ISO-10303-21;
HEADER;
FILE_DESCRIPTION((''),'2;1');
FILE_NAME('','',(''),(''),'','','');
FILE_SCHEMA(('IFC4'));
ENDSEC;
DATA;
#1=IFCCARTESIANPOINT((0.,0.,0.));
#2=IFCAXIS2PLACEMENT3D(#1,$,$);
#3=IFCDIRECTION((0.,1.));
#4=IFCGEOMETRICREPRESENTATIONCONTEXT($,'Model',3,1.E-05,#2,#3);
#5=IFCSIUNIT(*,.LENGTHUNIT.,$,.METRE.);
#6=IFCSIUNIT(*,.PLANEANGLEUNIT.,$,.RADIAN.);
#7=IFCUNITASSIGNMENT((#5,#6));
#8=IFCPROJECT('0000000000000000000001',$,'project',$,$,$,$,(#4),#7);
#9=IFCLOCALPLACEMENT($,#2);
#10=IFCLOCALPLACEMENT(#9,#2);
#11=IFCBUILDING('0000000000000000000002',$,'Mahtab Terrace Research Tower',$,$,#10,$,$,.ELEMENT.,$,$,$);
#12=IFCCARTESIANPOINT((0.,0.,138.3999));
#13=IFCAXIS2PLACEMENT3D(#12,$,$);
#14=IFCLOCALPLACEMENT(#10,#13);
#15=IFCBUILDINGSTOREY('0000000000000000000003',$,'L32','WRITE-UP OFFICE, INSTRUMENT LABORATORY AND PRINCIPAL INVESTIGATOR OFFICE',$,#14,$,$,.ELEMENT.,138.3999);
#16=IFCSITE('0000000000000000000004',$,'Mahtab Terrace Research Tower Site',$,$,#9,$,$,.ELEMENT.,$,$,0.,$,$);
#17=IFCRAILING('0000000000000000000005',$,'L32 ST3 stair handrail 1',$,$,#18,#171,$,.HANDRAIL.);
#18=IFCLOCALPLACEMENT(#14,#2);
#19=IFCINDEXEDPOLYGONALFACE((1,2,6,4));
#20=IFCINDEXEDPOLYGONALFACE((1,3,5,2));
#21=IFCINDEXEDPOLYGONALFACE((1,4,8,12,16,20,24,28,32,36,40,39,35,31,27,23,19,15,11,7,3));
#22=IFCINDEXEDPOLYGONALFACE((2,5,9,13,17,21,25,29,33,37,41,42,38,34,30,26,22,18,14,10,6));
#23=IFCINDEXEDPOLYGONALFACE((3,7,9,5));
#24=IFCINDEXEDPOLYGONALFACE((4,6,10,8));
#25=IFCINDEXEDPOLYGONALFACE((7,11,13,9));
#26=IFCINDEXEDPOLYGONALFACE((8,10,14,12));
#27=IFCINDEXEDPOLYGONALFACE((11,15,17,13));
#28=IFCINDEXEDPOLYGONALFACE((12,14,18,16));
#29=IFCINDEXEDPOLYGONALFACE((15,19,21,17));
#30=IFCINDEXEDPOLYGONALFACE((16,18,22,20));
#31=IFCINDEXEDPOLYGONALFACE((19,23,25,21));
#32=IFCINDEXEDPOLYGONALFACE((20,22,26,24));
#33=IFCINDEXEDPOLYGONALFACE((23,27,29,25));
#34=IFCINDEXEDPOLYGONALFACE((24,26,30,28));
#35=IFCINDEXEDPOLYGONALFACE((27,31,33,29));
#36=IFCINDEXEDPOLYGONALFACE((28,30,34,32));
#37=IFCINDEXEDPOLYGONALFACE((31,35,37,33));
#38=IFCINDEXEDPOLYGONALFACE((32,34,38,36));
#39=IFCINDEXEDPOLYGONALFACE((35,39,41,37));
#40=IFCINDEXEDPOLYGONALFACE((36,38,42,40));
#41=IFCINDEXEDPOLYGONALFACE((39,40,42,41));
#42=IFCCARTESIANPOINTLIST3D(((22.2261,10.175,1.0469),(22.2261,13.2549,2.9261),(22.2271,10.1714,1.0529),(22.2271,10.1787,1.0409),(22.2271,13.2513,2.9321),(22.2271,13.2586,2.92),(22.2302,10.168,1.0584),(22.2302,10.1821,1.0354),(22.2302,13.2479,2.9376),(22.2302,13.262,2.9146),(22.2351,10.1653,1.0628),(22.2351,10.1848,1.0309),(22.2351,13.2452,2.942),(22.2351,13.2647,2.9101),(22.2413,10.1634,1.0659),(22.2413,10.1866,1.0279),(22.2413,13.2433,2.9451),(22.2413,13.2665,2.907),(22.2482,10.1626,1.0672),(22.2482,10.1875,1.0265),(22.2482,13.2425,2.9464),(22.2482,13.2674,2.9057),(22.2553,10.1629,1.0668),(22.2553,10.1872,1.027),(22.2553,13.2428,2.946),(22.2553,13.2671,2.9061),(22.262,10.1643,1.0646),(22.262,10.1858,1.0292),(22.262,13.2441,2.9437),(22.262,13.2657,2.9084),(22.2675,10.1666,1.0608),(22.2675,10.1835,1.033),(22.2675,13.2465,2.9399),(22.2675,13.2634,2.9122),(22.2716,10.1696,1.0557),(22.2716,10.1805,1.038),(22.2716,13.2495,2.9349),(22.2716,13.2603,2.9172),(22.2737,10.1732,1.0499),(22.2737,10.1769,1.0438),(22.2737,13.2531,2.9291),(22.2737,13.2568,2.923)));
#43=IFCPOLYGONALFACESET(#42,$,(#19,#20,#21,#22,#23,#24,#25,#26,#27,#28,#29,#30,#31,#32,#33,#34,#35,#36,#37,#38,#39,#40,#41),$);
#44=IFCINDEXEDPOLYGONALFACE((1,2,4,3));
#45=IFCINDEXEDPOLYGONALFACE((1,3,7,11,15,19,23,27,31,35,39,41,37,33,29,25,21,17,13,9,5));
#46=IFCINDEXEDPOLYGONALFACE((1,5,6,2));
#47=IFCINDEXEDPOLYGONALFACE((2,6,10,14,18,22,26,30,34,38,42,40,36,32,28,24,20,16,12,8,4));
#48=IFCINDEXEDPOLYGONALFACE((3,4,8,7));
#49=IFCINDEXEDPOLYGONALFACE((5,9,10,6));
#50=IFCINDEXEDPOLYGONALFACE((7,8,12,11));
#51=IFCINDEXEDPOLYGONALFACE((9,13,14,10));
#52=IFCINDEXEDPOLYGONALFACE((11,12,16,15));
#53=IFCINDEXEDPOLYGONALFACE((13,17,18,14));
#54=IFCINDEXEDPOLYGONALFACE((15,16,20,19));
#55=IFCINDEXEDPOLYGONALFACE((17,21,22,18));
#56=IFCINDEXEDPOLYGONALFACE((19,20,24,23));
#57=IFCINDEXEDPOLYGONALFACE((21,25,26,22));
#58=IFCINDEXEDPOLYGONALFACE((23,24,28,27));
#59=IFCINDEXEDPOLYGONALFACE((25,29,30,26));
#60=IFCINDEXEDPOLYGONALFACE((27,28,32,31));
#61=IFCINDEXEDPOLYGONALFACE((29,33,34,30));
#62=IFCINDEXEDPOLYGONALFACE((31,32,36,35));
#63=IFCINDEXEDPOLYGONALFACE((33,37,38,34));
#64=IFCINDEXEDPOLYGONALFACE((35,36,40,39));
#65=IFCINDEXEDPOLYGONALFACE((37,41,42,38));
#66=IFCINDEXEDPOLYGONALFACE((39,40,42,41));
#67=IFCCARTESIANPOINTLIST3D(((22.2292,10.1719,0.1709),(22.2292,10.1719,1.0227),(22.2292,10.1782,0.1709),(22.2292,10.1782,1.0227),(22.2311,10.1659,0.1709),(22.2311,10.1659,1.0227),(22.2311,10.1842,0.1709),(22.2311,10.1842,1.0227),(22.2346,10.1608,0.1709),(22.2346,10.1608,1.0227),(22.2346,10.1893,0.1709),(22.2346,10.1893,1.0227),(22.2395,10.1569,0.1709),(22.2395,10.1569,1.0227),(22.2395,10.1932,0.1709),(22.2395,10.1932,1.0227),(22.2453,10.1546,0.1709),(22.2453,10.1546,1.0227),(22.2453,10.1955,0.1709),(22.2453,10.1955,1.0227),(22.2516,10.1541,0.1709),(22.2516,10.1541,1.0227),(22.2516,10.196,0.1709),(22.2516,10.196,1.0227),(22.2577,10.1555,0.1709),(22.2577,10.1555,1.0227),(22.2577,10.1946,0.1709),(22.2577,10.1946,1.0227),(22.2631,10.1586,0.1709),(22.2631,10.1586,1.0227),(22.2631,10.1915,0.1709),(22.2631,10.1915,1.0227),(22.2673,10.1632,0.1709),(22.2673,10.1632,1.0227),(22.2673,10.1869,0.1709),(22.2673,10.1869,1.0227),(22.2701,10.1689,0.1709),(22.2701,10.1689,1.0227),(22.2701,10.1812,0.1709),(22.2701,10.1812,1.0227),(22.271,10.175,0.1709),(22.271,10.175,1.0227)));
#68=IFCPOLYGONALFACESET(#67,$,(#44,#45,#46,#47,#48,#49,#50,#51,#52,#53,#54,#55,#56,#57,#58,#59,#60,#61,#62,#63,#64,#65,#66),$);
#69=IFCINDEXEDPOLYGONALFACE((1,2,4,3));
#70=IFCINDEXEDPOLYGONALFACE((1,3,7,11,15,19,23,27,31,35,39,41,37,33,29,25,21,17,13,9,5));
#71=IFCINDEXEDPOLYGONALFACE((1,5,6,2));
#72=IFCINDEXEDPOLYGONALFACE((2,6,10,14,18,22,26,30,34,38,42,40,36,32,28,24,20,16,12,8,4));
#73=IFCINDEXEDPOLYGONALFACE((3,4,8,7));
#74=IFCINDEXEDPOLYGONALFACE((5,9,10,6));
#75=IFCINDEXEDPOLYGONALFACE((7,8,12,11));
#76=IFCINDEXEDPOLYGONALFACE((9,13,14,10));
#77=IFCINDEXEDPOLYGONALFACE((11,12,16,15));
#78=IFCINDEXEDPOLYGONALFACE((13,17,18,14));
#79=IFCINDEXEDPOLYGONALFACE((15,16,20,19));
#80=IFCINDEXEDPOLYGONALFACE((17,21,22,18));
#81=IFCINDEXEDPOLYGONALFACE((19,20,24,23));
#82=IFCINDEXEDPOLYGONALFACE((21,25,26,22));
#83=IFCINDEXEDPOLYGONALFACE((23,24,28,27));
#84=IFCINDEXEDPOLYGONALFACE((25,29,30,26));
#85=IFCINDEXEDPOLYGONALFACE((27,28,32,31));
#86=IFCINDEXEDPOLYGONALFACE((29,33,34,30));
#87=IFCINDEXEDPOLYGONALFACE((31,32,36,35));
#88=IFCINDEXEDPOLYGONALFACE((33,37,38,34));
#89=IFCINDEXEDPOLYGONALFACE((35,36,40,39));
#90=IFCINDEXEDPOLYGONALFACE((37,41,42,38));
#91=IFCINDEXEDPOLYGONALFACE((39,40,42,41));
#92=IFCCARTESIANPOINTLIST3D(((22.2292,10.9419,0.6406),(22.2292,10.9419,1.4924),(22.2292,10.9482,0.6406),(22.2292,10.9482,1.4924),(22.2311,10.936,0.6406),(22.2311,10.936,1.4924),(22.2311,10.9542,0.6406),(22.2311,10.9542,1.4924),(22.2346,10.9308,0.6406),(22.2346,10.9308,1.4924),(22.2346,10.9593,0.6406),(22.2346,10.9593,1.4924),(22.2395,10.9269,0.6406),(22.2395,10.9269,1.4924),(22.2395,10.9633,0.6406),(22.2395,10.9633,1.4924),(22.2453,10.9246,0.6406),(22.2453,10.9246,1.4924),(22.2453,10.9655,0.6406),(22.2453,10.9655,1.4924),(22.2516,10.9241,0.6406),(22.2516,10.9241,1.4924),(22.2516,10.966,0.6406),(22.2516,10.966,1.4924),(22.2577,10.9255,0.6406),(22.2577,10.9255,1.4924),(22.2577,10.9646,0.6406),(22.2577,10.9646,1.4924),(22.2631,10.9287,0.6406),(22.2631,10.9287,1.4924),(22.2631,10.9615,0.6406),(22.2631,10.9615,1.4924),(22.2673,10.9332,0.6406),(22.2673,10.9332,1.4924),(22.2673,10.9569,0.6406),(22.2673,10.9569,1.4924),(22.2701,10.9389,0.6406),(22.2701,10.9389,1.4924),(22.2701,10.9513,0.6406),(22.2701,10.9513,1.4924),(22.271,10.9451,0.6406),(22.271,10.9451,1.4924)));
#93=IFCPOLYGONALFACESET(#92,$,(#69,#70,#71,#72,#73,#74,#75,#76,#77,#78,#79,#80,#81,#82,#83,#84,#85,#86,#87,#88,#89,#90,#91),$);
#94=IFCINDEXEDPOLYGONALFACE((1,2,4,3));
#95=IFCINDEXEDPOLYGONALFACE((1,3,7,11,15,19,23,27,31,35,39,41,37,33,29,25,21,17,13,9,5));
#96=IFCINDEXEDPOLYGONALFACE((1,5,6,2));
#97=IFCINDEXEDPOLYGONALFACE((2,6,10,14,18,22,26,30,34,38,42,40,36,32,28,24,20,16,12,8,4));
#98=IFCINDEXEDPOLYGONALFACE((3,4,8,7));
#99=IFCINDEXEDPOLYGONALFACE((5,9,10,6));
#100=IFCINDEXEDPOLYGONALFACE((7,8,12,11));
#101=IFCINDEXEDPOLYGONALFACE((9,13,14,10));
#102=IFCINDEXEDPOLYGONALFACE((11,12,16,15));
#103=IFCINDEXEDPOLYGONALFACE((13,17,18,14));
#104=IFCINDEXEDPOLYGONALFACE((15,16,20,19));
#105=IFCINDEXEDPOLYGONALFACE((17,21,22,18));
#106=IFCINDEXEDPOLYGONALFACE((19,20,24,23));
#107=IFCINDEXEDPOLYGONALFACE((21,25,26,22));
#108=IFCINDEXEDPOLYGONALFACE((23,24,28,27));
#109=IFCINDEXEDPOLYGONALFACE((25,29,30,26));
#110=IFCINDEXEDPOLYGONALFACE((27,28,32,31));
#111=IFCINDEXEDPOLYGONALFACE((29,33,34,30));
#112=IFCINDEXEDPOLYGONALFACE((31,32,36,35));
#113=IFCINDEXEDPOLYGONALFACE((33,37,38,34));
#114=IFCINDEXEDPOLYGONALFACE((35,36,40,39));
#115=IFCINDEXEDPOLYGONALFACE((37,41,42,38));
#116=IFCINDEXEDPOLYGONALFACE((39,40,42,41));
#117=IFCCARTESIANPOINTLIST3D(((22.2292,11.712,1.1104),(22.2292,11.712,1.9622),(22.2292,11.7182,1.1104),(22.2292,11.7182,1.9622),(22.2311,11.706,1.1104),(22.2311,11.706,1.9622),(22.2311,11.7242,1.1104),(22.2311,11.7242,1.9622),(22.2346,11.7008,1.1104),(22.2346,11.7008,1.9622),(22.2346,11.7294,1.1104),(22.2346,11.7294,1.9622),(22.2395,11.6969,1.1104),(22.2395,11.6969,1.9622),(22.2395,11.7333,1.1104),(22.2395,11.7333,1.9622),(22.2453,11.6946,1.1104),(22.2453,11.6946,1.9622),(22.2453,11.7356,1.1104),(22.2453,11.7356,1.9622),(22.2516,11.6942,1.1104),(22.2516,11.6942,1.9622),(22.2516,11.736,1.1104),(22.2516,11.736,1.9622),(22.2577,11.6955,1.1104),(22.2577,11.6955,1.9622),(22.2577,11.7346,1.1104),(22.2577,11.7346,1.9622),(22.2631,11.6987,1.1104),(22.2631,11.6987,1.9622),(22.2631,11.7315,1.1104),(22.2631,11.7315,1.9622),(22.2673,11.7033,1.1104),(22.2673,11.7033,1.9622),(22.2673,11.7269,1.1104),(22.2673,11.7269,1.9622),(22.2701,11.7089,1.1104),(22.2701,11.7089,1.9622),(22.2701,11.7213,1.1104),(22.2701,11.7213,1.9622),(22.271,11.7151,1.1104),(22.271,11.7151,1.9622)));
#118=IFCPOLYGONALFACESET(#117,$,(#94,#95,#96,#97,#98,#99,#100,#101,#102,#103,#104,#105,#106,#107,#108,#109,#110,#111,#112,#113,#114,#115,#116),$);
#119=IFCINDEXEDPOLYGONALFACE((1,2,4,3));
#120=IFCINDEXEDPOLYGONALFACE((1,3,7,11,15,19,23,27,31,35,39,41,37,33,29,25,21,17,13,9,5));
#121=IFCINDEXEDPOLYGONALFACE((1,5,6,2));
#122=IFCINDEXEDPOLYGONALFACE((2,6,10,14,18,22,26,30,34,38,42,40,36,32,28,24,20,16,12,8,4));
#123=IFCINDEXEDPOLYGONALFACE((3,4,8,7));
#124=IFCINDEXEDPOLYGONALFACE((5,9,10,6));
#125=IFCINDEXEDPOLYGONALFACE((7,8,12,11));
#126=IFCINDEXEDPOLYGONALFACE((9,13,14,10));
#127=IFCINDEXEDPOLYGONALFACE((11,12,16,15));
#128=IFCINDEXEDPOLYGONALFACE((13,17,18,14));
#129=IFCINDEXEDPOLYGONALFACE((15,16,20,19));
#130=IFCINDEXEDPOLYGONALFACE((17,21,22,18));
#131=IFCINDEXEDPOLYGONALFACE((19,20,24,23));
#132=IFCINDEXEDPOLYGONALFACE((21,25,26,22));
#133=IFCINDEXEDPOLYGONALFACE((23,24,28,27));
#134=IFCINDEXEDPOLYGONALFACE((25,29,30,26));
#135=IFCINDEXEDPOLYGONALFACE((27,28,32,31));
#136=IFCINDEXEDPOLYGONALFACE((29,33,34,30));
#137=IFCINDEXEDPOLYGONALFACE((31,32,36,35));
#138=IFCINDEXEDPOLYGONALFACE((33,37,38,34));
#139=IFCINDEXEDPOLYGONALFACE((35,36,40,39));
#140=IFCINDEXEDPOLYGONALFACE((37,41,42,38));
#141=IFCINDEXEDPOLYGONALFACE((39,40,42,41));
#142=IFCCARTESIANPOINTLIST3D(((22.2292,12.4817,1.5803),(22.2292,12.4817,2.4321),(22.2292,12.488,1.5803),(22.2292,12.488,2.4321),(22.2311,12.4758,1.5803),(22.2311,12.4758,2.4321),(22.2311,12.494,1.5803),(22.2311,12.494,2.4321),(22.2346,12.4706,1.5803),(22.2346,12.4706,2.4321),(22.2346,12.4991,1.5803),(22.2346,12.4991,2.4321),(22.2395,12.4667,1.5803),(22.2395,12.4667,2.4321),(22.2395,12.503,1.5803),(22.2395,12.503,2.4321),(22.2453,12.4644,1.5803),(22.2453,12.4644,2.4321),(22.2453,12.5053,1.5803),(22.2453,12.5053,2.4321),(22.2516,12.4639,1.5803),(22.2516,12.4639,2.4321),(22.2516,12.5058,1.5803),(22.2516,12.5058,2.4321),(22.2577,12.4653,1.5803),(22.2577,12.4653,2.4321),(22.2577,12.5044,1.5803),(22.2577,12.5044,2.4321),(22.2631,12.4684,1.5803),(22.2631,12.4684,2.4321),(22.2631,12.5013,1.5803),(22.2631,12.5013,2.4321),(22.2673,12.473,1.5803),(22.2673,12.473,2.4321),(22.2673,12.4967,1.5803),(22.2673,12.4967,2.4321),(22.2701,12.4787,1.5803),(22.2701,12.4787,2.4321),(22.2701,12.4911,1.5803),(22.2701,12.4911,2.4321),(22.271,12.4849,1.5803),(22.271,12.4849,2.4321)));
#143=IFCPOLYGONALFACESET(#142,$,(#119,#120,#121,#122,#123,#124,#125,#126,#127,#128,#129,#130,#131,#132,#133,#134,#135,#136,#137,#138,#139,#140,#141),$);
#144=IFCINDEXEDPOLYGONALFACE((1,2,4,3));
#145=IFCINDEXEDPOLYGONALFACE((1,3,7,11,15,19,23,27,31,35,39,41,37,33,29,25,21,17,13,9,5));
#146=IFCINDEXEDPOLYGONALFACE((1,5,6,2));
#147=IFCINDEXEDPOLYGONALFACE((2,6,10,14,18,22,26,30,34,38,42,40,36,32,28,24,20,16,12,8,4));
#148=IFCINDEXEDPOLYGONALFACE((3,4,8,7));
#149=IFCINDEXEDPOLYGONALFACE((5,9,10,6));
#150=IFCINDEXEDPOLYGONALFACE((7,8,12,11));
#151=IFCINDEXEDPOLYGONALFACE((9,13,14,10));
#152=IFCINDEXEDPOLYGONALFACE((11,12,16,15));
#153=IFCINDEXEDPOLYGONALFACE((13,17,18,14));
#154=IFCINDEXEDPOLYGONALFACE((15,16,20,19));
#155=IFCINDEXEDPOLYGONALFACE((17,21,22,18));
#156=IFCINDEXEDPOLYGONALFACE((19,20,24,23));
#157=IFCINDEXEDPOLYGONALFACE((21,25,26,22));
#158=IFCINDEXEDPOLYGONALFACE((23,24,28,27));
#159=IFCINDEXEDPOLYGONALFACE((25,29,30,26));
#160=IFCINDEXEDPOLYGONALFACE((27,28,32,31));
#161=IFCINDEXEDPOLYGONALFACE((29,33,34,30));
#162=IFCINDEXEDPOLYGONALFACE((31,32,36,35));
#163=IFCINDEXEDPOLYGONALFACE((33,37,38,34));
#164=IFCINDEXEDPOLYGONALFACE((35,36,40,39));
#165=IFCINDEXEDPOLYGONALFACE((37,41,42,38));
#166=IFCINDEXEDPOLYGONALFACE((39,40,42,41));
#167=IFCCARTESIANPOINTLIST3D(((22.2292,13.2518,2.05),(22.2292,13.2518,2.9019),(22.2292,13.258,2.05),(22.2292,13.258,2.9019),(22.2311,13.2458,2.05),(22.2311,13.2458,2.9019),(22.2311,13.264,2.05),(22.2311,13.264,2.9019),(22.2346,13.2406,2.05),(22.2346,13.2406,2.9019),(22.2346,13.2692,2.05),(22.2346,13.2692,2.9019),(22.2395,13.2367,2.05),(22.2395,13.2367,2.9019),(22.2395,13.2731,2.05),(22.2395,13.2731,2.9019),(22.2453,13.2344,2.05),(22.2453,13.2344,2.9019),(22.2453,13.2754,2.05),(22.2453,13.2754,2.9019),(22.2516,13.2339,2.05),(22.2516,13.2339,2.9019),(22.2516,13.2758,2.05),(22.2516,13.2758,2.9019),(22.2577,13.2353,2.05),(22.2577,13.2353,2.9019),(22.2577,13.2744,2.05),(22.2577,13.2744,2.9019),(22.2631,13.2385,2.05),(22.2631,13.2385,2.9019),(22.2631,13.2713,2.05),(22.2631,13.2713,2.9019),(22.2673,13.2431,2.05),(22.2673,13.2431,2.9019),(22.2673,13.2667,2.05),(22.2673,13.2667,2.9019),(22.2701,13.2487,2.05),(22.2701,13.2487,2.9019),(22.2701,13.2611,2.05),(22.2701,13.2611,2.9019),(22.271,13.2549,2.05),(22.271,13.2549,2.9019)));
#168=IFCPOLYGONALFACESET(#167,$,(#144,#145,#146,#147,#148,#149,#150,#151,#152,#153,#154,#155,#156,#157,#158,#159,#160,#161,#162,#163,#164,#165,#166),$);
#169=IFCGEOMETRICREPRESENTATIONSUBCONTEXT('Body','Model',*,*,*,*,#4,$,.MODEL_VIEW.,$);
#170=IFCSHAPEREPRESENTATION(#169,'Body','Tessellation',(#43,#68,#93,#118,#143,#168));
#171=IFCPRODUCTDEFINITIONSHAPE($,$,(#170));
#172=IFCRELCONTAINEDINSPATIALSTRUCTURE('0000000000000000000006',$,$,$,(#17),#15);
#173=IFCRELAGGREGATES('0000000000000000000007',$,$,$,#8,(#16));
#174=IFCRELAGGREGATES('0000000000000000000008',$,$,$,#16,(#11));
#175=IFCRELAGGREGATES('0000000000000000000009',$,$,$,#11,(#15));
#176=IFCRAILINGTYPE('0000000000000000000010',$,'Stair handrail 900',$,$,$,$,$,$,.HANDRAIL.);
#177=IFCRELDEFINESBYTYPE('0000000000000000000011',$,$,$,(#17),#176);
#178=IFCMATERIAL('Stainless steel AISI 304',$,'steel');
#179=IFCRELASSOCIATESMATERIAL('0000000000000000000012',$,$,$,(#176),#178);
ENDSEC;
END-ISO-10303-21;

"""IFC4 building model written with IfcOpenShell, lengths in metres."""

from ifc_helpers import new_model, si_unit, direction, frame, origin, origin_2d, place, context, subcontext, project, spatial, circle, extrude, material, type_object, element, save


model = new_model("IFC4")

# Units and contexts
model_context = context("Model", 3, precision=1e-05, world=origin(), true_north=direction((0.0, 1.0)))
body_context = subcontext(model_context, "Body", "Model", "MODEL_VIEW")
ifc_project = project(units=[si_unit("LENGTHUNIT", "METRE"), si_unit("PLANEANGLEUNIT", "RADIAN")], contexts=[model_context])

# Site, building, storey
site_placement = place(None, origin())
site = spatial("IfcSite", under=ifc_project, at=site_placement, Name="Mahtab Terrace Research Tower Site", CompositionType="ELEMENT", RefElevation=0.0)
building_placement = place(site_placement, origin())
building = spatial("IfcBuilding", under=site, at=building_placement, Name="Mahtab Terrace Research Tower", CompositionType="ELEMENT")
storey_placement = place(building_placement, frame((0.0, 0.0, 138.3999)))
storey = spatial("IfcBuildingStorey", under=building, at=storey_placement, Name="L32", Description="WRITE-UP OFFICE, INSTRUMENT LABORATORY AND PRINCIPAL INVESTIGATOR OFFICE", CompositionType="ELEMENT", Elevation=138.3999)

# Shared definitions
ifc_material_1 = material(Name="Stainless steel AISI 304", Category="steel")

# Railing
railing_type_1 = type_object("IfcRailingType", Name="Stair handrail 900", PredefinedType="HANDRAIL", material=ifc_material_1)
railing_1_placement = place(storey_placement, frame((22.25, 10.175, 0.1709)))
element("IfcRailing", 1, at=railing_1_placement, inside=storey, type_object=railing_type_1, Name="L32 ST3 stair handrail 1", PredefinedType="HANDRAIL", context=body_context, shape_type="SweptSolid", body=[
    extrude(circle(Radius=0.0239, at=origin_2d()), frame((0.0, 0.0, 0.876), z_axis=(0.0, 0.853648, 0.52085), x_axis=(-1.0, 0.0, 0.0)), (0.0, 0.0, 1.0), 3.6079),
    extrude(circle(Radius=0.021, at=origin_2d()), origin(), (0.0, 0.0, 1.0), 0.8518),
    extrude(circle(Radius=0.021, at=origin_2d()), frame((0.0, 0.77, 0.4697)), (0.0, 0.0, 1.0), 0.8518),
    extrude(circle(Radius=0.021, at=origin_2d()), frame((0.0, 1.54, 0.9395)), (0.0, 0.0, 1.0), 0.8518),
    extrude(circle(Radius=0.021, at=origin_2d()), frame((0.0, 2.3098, 1.4094)), (0.0, 0.0, 1.0), 0.8518),
    extrude(circle(Radius=0.021, at=origin_2d()), frame((0.0, 3.0798, 1.8792)), (0.0, 0.0, 1.0), 0.8518),
])

save(model, "model.ifc")
